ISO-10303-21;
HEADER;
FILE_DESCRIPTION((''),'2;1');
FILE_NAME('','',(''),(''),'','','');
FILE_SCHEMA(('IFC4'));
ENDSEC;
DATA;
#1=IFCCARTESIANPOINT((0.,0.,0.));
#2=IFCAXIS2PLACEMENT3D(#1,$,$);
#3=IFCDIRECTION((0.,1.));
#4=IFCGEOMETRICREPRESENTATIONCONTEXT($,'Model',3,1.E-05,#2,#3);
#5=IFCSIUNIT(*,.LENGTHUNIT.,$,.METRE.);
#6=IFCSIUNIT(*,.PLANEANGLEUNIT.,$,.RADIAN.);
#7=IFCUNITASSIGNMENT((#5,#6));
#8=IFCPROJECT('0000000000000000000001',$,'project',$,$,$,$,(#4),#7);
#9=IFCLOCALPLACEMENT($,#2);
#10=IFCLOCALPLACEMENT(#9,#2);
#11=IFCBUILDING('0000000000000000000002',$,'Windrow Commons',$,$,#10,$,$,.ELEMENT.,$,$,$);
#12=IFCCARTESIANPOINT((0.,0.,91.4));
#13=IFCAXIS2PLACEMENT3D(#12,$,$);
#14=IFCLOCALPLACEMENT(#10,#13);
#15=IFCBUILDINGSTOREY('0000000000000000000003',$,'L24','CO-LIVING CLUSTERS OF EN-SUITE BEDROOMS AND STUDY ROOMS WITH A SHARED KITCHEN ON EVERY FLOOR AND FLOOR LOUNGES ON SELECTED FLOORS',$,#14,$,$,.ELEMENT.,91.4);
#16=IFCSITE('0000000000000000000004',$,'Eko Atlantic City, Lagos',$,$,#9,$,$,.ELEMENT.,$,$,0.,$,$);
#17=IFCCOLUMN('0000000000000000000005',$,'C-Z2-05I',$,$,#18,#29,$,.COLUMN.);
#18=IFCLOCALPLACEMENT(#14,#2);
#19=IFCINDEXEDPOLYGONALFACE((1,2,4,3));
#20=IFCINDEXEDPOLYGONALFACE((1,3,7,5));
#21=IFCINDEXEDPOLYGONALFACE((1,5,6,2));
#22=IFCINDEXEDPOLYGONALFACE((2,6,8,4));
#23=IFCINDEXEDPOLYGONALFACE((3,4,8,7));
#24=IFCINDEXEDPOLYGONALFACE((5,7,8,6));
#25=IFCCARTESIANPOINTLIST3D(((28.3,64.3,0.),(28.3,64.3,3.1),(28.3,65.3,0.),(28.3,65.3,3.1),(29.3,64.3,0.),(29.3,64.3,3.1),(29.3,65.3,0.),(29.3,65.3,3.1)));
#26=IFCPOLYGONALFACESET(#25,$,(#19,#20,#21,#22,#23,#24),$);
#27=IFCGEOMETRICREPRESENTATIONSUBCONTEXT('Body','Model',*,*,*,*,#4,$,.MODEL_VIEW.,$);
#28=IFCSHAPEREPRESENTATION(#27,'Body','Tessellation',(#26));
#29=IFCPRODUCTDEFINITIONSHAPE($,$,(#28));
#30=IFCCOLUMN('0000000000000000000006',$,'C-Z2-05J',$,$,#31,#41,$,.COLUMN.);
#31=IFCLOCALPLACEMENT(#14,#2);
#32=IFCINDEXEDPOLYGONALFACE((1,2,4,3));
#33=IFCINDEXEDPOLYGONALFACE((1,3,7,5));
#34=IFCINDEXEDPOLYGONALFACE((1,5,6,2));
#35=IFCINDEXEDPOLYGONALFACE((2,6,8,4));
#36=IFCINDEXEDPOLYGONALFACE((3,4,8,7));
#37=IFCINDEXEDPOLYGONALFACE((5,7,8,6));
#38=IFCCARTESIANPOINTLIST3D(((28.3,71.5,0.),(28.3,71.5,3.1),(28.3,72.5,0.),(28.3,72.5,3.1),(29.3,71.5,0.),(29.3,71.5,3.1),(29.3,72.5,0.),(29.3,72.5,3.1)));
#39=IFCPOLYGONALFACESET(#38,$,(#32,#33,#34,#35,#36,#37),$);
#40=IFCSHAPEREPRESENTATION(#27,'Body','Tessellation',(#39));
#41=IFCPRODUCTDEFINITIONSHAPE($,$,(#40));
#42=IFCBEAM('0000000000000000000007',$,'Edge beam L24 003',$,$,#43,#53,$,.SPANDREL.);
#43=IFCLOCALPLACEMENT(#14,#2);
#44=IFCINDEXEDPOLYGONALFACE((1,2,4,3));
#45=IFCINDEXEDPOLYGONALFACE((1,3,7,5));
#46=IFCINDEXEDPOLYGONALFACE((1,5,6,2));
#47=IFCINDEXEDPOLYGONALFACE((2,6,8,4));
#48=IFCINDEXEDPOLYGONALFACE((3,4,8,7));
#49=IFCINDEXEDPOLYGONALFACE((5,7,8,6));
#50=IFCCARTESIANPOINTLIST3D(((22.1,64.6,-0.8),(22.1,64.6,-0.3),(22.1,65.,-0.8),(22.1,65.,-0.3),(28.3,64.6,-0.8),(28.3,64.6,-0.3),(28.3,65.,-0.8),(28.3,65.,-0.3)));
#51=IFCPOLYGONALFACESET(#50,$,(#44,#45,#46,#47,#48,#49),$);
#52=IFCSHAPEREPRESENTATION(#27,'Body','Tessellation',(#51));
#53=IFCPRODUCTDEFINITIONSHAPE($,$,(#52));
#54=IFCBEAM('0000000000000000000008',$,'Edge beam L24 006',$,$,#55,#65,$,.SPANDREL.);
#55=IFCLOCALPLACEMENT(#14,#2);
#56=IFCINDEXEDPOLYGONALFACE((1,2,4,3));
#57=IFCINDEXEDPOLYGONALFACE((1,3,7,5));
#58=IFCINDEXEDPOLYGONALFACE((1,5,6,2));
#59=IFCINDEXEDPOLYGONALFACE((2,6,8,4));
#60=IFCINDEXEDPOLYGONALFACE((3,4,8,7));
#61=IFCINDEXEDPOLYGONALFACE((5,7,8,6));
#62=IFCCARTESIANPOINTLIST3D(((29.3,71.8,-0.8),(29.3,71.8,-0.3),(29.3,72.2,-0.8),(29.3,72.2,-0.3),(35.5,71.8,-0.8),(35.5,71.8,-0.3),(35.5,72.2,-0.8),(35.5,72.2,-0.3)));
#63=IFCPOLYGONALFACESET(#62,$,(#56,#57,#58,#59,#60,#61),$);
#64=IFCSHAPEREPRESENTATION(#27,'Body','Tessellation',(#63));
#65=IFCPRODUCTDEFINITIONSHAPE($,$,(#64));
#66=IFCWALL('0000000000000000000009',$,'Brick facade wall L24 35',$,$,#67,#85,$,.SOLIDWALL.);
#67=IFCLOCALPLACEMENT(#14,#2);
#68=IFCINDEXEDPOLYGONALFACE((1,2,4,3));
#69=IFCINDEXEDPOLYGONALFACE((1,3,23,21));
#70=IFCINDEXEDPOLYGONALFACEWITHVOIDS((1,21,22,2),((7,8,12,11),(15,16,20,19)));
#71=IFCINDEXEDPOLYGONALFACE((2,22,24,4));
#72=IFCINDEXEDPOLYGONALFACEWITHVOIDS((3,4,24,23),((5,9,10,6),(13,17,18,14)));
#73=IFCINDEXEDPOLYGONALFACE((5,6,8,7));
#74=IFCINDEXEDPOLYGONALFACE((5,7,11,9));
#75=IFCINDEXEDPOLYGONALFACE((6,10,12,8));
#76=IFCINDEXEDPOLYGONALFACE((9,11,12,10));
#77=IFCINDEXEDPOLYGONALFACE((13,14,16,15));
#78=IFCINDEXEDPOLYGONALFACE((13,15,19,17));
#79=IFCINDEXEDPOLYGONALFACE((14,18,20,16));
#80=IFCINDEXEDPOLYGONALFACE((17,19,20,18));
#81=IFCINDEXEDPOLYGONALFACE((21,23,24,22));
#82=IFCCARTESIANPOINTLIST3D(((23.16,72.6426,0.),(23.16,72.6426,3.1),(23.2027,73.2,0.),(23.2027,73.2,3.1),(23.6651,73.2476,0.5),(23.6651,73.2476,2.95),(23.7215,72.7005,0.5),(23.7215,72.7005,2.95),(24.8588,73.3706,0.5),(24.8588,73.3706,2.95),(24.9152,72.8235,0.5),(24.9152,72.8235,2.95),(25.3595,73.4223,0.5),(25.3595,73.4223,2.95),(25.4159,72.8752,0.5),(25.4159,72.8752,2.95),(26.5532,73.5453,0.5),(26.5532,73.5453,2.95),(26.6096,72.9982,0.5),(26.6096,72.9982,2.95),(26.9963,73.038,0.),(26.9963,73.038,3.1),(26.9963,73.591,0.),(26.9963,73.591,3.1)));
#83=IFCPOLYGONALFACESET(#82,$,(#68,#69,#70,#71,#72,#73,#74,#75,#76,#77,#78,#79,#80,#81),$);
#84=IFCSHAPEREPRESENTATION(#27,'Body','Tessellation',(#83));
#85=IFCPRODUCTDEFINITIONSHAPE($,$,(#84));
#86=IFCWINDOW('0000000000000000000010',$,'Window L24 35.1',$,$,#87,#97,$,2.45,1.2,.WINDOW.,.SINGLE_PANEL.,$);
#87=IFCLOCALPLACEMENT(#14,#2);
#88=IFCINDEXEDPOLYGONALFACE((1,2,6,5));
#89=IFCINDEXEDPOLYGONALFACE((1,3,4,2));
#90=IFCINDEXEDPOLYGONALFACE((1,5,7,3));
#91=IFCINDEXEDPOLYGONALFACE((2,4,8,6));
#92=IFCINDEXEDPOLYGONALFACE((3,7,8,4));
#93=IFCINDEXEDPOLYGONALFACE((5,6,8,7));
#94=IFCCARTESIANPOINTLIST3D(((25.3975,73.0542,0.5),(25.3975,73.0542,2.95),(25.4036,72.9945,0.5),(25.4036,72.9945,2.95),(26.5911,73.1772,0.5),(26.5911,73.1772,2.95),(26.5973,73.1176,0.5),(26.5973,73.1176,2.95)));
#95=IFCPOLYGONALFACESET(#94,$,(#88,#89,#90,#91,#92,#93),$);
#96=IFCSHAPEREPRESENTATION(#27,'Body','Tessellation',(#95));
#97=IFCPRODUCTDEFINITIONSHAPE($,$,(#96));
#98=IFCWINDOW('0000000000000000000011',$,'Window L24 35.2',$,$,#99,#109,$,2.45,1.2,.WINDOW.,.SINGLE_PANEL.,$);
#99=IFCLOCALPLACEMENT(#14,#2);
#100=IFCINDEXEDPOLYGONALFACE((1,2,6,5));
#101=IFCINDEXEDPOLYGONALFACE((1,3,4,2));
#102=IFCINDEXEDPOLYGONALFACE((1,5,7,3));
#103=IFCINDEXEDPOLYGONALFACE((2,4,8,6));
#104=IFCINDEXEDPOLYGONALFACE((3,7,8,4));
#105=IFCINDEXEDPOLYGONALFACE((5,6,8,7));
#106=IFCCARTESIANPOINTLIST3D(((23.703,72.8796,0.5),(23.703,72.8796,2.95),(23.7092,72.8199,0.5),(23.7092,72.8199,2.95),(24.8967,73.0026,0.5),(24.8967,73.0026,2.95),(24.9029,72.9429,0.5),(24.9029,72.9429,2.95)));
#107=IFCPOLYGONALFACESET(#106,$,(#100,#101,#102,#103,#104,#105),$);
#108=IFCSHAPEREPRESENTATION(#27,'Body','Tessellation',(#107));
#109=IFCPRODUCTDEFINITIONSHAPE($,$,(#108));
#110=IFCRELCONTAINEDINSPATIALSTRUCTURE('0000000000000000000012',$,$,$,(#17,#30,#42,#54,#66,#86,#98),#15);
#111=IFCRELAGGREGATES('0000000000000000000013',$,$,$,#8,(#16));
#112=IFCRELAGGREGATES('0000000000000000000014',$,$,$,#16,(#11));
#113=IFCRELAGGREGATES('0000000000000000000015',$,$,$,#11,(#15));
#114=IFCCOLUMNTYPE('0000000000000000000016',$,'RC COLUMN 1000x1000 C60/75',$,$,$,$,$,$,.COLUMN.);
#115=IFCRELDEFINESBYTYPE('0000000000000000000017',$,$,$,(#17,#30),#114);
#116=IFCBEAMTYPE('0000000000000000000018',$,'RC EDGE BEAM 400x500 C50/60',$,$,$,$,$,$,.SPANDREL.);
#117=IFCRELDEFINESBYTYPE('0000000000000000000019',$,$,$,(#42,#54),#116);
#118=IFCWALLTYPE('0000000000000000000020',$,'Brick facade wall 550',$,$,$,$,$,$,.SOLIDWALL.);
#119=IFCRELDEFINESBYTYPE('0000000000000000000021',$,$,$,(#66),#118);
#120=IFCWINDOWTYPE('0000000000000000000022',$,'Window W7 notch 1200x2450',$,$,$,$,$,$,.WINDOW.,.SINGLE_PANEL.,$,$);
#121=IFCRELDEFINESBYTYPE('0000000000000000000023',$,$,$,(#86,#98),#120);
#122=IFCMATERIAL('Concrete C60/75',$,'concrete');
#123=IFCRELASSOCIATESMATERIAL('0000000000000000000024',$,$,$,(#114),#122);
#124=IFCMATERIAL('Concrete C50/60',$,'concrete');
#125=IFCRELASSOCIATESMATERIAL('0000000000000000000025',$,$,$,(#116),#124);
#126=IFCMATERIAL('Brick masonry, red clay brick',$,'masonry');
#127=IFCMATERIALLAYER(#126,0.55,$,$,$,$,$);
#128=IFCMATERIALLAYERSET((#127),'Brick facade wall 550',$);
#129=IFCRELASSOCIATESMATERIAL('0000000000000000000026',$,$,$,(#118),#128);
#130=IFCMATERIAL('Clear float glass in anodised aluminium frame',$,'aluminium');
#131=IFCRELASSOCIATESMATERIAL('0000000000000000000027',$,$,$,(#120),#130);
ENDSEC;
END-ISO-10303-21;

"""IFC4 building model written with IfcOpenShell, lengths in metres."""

from ifc_helpers import new_model, si_unit, direction, frame, frame_2d, origin, origin_2d, place, context, subcontext, project, spatial, polyline, rectangle, outline, extrude, material, layer, layer_set, material_profile, profile_set, type_object, element, fill, save


model = new_model("IFC4")

# Units and contexts
model_context = context("Model", 3, precision=1e-05, world=origin(), true_north=direction((0.0, 1.0)))
body_context = subcontext(model_context, "Body", "Model", "MODEL_VIEW")
ifc_project = project(units=[si_unit("LENGTHUNIT", "METRE"), si_unit("PLANEANGLEUNIT", "RADIAN")], contexts=[model_context])

# Site, building, storey
site_placement = place(None, origin())
site = spatial("IfcSite", under=ifc_project, at=site_placement, Name="Eko Atlantic City, Lagos", CompositionType="ELEMENT", RefElevation=0.0)
building_placement = place(site_placement, origin())
building = spatial("IfcBuilding", under=site, at=building_placement, Name="Windrow Commons", CompositionType="ELEMENT")
storey_placement = place(building_placement, frame((0.0, 0.0, 91.4)))
storey = spatial("IfcBuildingStorey", under=building, at=storey_placement, Name="L24", Description="CO-LIVING CLUSTERS OF EN-SUITE BEDROOMS AND STUDY ROOMS WITH A SHARED KITCHEN ON EVERY FLOOR AND FLOOR LOUNGES ON SELECTED FLOORS", CompositionType="ELEMENT", Elevation=91.4)

# Columns
ifc_material_1 = material(Name="Concrete C60/75", Category="concrete")
ifc_material_profile_1 = material_profile(ifc_material_1, rectangle(XDim=1.0, YDim=1.0, at=origin_2d()))
ifc_profile_set_1 = profile_set([ifc_material_profile_1], Name="Concrete C60/75")
column_type = type_object("IfcColumnType", Name="RC COLUMN 1000x1000 C60/75", PredefinedType="COLUMN", material=ifc_profile_set_1)
for number, where, z_axis, x_axis, name in (
    (1, (28.8, 64.8, 0.0), (0.0, 0.0, 1.0), (1.0, 0.0, 0.0), "C-Z2-05I"),
    (2, (28.8, 72.0, 0.0), (0.0, 0.0, 1.0), (1.0, 0.0, 0.0), "C-Z2-05J"),
):
    element("IfcColumn", number, at=place(storey_placement, frame(where, z_axis=z_axis, x_axis=x_axis)), inside=storey, type_object=column_type, Name=name, PredefinedType="COLUMN", context=body_context, shape_type="SweptSolid", body=[
        extrude(rectangle(XDim=1.0, YDim=1.0, at=origin_2d()), origin(), (0.0, 0.0, 1.0), 3.1),
    ])

# Beams
ifc_material_2 = material(Name="Concrete C50/60", Category="concrete")
ifc_material_profile_2 = material_profile(ifc_material_2, rectangle(XDim=0.4, YDim=0.5, at=origin_2d()))
ifc_profile_set_2 = profile_set([ifc_material_profile_2], Name="Concrete C50/60")
beam_type = type_object("IfcBeamType", Name="RC EDGE BEAM 400x500 C50/60", PredefinedType="SPANDREL", material=ifc_profile_set_2)
for number, where, z_axis, x_axis, name in (
    (3, (28.3, 64.8, -0.55), (-1.0, 0.0, 0.0), (0.0, -1.0, 0.0), "Edge beam L24 003"),
    (4, (29.3, 72.0, -0.55), (1.0, 0.0, 0.0), (0.0, 1.0, 0.0), "Edge beam L24 006"),
):
    element("IfcBeam", number, at=place(storey_placement, frame(where, z_axis=z_axis, x_axis=x_axis)), inside=storey, type_object=beam_type, Name=name, PredefinedType="SPANDREL", context=body_context, shape_type="SweptSolid", body=[
        extrude(rectangle(XDim=0.4, YDim=0.5, at=origin_2d()), origin(), (0.0, 0.0, 1.0), 6.2),
    ])

# Wall, openings, windows
ifc_material_3 = material(Name="Brick masonry, red clay brick", Category="masonry")
ifc_layer_1 = layer(ifc_material_3, 0.55)
ifc_layer_set_1 = layer_set([ifc_layer_1], Name="Brick facade wall 550")
wall_type_1 = type_object("IfcWallType", Name="Brick facade wall 550", PredefinedType="SOLIDWALL", material=ifc_layer_set_1)
wall_1_placement = place(storey_placement, frame((26.9963, 73.3145, 0.0), z_axis=(0.0, 0.0, 1.0), x_axis=(-0.994731, -0.102524, 0.0)))
wall_1 = element("IfcWall", 5, at=wall_1_placement, inside=storey, type_object=wall_type_1, Name="Brick facade wall L24 35", PredefinedType="SOLIDWALL", context=body_context, shape_type="SweptSolid", body=[
    extrude(outline(polyline([(-0.0283, -0.275), (3.7854, -0.275), (3.885, 0.275), (0.0283, 0.275), (-0.0283, -0.275)])), origin(), (0.0, 0.0, 1.0), 3.1),
])
opening_1_placement = place(wall_1_placement, frame((0.4171, 0.0, 0.5)))
opening_1 = element("IfcOpeningElement", 6, at=opening_1_placement, cuts=wall_1, PredefinedType="OPENING", context=body_context, shape_type="SweptSolid", body=[
    extrude(rectangle(XDim=1.2, YDim=2.45, at=frame_2d((0.6, 1.225))), frame((0.0, 0.285, 0.0), z_axis=(0.0, -1.0, 0.0), x_axis=(1.0, 0.0, 0.0)), (0.0, 0.0, 1.0), 0.57),
])
opening_2_placement = place(wall_1_placement, frame((2.1205, 0.0, 0.5)))
opening_2 = element("IfcOpeningElement", 7, at=opening_2_placement, cuts=wall_1, PredefinedType="OPENING", context=body_context, shape_type="SweptSolid", body=[
    extrude(rectangle(XDim=1.2, YDim=2.45, at=frame_2d((0.6, 1.225))), frame((0.0, 0.285, 0.0), z_axis=(0.0, -1.0, 0.0), x_axis=(1.0, 0.0, 0.0)), (0.0, 0.0, 1.0), 0.57),
])
ifc_material_4 = material(Name="Clear float glass in anodised aluminium frame", Category="aluminium")
window_type_1 = type_object("IfcWindowType", Name="Window W7 notch 1200x2450", PartitioningType="SINGLE_PANEL", PredefinedType="WINDOW", material=ifc_material_4)
window_1_placement = place(opening_1_placement, origin())
window_1 = element("IfcWindow", 8, at=window_1_placement, inside=storey, type_object=window_type_1, Name="Window L24 35.1", OverallHeight=2.45, OverallWidth=1.2, PartitioningType="SINGLE_PANEL", PredefinedType="WINDOW", context=body_context, shape_type="SweptSolid", body=[
    extrude(rectangle(XDim=1.2, YDim=2.45, at=frame_2d((0.6, 1.225))), frame((0.0, 0.155, 0.0), z_axis=(0.0, -1.0, 0.0), x_axis=(1.0, 0.0, 0.0)), (0.0, 0.0, 1.0), 0.06),
])
fill(opening_1, window_1)
window_2_placement = place(opening_2_placement, origin())
window_2 = element("IfcWindow", 9, at=window_2_placement, inside=storey, type_object=window_type_1, Name="Window L24 35.2", OverallHeight=2.45, OverallWidth=1.2, PartitioningType="SINGLE_PANEL", PredefinedType="WINDOW", context=body_context, shape_type="SweptSolid", body=[
    extrude(rectangle(XDim=1.2, YDim=2.45, at=frame_2d((0.6, 1.225))), frame((0.0, 0.155, 0.0), z_axis=(0.0, -1.0, 0.0), x_axis=(1.0, 0.0, 0.0)), (0.0, 0.0, 1.0), 0.06),
])
fill(opening_2, window_2)

save(model, "model.ifc")
